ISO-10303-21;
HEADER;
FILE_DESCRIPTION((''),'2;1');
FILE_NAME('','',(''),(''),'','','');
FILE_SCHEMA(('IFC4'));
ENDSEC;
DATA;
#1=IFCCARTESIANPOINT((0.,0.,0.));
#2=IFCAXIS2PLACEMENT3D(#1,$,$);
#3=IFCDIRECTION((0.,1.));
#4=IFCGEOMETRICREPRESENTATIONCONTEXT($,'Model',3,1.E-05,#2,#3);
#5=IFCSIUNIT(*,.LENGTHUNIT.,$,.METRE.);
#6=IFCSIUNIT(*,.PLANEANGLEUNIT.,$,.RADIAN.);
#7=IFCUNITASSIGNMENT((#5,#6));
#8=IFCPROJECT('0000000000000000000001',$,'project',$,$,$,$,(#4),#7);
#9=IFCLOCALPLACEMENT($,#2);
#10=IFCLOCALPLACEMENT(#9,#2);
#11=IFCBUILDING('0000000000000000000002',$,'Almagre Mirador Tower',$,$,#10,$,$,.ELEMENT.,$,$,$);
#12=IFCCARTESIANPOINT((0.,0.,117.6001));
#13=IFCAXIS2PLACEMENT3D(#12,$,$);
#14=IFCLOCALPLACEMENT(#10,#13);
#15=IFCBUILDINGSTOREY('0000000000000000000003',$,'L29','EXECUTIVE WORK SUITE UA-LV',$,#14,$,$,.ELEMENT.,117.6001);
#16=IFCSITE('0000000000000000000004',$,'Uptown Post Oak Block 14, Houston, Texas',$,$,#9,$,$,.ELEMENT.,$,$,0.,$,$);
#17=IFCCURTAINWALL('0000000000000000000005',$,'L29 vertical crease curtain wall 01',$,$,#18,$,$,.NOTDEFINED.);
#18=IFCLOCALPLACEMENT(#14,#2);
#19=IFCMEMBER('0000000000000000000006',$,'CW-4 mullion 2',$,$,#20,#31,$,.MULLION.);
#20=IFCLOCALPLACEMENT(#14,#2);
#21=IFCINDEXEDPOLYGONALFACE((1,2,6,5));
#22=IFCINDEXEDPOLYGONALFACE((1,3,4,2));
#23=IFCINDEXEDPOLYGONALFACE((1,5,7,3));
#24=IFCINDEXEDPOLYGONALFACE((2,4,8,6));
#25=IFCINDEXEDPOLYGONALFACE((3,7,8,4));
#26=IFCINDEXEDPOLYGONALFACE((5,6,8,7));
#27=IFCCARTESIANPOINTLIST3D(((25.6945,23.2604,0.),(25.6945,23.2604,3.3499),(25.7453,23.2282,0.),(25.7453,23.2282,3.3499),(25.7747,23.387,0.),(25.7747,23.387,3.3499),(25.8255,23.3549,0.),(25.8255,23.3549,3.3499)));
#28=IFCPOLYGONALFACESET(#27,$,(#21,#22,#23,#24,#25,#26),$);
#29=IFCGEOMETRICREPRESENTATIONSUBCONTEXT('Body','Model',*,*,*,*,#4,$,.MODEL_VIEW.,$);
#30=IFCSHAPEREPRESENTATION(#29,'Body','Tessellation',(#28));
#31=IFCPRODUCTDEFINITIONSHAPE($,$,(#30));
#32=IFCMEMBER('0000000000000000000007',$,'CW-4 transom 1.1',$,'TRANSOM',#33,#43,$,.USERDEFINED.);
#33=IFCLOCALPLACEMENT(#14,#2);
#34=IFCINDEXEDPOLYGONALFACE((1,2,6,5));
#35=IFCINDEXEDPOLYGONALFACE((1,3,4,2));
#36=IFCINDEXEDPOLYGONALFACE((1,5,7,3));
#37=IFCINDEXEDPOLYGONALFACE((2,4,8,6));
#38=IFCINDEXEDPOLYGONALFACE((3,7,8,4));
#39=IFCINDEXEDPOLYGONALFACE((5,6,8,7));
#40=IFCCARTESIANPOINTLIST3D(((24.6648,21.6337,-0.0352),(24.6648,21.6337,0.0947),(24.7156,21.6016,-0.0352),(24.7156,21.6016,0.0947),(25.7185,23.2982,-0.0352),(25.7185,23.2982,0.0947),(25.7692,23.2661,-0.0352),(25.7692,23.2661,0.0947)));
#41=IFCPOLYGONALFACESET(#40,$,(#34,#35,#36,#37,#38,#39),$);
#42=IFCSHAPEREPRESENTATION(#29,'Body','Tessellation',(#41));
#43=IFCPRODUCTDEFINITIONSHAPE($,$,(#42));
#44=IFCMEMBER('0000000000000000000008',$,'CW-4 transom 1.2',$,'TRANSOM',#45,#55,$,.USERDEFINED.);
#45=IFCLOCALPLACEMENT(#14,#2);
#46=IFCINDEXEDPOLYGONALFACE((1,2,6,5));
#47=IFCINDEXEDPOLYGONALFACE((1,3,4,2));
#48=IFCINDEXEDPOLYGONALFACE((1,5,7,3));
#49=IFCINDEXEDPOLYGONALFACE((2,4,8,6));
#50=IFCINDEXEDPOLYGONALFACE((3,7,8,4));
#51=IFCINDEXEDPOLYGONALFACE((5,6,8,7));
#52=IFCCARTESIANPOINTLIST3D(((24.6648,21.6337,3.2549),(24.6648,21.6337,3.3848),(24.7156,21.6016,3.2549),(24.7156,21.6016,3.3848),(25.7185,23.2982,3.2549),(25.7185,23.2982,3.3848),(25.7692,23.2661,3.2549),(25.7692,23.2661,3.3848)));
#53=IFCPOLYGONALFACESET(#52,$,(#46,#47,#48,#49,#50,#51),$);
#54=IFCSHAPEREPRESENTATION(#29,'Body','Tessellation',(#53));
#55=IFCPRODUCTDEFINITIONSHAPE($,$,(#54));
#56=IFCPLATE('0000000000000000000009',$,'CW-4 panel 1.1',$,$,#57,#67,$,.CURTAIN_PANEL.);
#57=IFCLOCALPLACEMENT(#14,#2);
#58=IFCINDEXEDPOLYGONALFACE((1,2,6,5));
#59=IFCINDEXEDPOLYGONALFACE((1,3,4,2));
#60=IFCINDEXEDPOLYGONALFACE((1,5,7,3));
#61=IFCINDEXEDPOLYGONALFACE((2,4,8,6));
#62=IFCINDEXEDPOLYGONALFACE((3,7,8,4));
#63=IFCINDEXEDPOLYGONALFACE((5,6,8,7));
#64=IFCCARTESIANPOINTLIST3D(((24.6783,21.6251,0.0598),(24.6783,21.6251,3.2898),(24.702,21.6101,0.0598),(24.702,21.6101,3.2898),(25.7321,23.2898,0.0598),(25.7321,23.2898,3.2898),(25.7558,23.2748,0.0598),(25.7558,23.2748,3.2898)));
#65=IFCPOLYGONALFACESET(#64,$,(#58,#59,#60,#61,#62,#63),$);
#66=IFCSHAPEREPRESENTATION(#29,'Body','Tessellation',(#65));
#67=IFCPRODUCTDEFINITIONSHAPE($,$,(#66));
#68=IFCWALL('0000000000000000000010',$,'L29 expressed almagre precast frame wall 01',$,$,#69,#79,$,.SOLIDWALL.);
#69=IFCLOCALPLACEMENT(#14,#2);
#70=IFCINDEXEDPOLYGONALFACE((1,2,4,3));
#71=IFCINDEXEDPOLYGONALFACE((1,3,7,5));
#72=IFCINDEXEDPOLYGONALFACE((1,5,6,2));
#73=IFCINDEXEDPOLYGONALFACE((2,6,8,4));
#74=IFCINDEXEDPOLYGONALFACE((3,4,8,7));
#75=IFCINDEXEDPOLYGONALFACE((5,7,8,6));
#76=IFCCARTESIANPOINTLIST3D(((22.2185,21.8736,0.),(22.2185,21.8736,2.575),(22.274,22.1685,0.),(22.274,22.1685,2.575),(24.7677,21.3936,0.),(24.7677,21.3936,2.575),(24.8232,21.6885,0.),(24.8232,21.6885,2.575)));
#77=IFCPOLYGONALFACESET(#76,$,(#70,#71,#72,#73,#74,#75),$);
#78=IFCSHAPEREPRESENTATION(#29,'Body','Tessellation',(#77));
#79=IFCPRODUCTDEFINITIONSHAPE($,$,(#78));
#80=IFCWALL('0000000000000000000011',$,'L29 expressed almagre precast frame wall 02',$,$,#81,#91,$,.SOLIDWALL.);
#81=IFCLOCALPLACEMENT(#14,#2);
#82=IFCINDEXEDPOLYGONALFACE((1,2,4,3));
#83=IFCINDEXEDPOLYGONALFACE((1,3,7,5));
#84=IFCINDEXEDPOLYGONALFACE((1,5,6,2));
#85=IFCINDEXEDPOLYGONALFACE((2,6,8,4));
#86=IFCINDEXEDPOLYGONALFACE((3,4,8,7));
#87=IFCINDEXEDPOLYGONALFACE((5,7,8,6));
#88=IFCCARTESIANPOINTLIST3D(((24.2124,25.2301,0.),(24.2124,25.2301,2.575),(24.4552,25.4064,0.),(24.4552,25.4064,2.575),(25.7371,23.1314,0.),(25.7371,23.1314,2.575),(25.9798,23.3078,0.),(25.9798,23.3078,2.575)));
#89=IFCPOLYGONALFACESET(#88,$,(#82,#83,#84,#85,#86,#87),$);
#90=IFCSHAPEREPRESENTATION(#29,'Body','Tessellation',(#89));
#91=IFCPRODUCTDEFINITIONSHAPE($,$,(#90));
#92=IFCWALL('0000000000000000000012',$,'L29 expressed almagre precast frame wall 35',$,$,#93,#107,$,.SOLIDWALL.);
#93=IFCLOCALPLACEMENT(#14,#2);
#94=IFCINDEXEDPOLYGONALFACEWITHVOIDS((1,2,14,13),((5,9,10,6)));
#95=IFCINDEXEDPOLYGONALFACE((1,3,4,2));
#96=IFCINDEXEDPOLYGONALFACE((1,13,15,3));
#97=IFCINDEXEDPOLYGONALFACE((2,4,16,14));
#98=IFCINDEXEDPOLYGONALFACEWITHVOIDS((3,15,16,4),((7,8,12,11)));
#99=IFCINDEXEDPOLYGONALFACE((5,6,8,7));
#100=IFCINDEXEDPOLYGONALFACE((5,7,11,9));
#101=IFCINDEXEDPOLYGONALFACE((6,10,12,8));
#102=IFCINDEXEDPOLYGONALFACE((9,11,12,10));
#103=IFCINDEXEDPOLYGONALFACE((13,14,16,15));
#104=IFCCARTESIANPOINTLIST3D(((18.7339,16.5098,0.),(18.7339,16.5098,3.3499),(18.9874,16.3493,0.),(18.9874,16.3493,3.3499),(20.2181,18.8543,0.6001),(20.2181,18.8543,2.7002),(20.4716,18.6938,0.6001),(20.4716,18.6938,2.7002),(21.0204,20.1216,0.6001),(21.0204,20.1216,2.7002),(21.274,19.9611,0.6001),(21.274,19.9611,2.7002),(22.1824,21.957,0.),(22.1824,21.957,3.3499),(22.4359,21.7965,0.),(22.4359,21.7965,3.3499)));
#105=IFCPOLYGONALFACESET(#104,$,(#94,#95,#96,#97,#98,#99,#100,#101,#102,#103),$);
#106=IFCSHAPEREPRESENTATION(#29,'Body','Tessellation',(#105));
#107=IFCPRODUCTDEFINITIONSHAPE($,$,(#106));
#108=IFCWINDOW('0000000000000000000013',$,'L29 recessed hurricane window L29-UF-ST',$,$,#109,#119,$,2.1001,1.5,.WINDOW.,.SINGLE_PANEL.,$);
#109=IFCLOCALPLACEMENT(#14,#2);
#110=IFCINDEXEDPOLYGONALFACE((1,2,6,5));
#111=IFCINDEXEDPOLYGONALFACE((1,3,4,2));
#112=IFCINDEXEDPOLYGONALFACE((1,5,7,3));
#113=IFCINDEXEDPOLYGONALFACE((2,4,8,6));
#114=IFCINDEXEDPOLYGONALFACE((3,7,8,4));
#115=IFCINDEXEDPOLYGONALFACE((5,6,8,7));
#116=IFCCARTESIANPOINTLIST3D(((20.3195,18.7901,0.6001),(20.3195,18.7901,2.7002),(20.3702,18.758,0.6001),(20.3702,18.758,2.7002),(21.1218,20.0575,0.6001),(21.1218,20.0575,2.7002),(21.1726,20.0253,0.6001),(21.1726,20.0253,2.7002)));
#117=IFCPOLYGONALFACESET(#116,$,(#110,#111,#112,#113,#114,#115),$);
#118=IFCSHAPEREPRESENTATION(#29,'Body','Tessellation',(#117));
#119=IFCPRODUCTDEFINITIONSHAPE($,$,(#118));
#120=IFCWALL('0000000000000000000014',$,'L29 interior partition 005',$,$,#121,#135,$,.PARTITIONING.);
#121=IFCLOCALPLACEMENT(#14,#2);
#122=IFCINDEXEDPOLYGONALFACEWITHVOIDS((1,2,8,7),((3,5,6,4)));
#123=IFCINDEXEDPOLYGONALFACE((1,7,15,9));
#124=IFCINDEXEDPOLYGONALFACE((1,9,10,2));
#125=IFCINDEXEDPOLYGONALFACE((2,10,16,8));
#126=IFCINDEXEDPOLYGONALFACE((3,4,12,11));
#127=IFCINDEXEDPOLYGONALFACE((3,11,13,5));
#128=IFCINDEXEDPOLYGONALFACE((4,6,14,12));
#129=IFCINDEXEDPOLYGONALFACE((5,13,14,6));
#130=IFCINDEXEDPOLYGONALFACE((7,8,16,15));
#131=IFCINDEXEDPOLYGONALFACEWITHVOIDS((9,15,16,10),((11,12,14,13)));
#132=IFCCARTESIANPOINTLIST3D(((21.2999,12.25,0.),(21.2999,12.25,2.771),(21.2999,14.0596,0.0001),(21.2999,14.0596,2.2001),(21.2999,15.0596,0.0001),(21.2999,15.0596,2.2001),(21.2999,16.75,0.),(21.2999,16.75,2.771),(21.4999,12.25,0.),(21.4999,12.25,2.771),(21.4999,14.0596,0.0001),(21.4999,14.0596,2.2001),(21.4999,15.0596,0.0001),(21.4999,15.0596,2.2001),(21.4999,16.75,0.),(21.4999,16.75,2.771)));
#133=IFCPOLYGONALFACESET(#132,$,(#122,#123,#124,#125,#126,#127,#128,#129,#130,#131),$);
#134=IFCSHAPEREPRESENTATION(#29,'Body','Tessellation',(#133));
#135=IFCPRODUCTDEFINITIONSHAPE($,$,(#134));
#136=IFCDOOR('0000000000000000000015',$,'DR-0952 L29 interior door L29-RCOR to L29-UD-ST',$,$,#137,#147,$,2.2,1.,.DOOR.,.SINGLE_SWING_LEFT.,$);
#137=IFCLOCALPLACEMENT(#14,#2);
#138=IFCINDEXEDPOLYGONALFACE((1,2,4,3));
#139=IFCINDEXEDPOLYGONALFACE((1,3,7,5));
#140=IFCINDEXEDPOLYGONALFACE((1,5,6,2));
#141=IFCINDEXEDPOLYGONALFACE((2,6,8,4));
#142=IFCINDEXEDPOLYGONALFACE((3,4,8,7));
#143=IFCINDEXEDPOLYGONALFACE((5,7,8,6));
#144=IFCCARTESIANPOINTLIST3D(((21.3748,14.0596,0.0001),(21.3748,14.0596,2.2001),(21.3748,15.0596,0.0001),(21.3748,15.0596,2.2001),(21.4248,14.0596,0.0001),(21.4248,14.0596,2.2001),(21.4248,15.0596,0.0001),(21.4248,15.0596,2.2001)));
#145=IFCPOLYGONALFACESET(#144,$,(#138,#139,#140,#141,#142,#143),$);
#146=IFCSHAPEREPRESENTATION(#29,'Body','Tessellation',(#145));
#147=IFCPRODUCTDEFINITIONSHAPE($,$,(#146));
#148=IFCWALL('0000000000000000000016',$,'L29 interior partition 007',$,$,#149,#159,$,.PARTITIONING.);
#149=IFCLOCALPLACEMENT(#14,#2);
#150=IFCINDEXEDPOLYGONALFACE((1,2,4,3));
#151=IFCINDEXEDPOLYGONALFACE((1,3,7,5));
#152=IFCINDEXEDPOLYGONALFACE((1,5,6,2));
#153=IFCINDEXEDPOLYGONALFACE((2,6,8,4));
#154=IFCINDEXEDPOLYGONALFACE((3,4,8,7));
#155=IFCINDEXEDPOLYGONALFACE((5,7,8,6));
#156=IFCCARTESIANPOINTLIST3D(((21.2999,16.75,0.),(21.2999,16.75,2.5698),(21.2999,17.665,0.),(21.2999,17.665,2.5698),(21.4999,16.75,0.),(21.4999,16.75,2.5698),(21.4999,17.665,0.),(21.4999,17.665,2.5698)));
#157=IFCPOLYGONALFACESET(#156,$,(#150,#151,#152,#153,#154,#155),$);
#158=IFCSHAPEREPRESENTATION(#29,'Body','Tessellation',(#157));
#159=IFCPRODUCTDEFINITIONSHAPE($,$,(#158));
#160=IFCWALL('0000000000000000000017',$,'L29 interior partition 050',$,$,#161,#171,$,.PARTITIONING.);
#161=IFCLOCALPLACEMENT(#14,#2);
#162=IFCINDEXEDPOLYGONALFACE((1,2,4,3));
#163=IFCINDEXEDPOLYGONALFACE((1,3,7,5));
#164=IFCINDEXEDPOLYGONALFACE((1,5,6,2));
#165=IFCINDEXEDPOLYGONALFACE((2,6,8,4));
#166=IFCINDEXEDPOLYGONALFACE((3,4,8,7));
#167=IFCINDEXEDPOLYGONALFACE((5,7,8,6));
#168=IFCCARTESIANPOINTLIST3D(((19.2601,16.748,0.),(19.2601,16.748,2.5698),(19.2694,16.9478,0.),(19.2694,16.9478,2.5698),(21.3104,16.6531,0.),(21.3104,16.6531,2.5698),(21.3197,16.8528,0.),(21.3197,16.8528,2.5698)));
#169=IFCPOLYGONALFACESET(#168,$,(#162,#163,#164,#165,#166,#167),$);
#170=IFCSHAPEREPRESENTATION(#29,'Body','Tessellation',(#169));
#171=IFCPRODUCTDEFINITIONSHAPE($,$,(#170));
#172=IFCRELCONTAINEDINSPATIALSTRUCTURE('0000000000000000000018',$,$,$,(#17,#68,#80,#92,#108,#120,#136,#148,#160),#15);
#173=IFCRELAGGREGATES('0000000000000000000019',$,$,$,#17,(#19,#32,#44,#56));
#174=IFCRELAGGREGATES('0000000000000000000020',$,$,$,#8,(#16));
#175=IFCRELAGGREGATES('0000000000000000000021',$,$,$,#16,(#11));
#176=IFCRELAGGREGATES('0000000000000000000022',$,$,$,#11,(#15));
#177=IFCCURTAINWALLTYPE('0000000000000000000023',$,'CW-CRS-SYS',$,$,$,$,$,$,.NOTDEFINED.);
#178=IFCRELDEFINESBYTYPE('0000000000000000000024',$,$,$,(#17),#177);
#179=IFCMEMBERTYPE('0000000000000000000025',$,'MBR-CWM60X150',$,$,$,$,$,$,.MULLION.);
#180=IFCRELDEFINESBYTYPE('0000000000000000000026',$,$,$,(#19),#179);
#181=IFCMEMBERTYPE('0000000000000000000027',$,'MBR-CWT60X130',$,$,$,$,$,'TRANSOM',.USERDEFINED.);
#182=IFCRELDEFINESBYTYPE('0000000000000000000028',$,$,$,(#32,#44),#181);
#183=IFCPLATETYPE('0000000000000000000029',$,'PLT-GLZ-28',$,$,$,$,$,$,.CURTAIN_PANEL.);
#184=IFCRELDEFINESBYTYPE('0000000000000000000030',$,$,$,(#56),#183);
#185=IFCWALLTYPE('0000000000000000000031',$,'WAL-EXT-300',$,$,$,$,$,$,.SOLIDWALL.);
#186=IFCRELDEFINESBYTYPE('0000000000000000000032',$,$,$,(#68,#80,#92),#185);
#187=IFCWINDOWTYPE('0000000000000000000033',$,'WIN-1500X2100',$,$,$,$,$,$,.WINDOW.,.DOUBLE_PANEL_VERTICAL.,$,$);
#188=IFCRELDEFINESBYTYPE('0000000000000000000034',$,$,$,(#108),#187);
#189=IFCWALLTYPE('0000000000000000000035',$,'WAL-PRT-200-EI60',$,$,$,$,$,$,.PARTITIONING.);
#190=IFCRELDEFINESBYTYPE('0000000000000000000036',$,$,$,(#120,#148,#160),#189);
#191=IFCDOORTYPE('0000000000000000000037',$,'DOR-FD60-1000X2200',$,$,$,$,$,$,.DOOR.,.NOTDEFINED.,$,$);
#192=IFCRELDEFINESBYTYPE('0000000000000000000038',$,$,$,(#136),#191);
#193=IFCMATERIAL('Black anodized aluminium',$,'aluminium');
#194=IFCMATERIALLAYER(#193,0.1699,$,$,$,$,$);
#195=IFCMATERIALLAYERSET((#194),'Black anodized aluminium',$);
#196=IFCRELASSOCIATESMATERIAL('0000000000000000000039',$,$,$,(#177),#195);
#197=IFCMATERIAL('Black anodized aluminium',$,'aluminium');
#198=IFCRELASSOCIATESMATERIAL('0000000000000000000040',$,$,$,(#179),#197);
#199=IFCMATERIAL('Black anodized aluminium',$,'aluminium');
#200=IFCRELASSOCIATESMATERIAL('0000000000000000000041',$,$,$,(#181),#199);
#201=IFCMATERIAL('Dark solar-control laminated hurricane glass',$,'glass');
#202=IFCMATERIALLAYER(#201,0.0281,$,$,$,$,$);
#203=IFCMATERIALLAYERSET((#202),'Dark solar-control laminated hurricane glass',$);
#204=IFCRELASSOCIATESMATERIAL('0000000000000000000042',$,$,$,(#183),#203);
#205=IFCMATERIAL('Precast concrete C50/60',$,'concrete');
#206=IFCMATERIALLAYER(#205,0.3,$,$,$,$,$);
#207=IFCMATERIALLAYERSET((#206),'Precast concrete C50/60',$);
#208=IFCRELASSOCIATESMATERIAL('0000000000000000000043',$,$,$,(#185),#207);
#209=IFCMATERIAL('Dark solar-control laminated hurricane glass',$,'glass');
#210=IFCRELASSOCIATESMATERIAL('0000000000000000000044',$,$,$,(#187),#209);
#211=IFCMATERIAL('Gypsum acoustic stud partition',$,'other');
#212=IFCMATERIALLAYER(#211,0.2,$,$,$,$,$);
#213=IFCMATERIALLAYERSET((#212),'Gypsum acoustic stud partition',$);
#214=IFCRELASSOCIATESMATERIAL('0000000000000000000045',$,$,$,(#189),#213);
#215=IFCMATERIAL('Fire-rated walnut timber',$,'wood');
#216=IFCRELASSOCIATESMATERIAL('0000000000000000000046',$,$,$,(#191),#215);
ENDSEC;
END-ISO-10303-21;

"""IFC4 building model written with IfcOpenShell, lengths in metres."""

from ifc_helpers import new_model, si_unit, direction, frame, frame_2d, origin, origin_2d, place, context, subcontext, project, spatial, rectangle, extrude, material, layer, layer_set, material_profile, profile_set, type_object, element, fill, aggregate, save


model = new_model("IFC4")

# Units and contexts
model_context = context("Model", 3, precision=1e-05, world=origin(), true_north=direction((0.0, 1.0)))
body_context = subcontext(model_context, "Body", "Model", "MODEL_VIEW")
ifc_project = project(units=[si_unit("LENGTHUNIT", "METRE"), si_unit("PLANEANGLEUNIT", "RADIAN")], contexts=[model_context])

# Site, building, storey
site_placement = place(None, origin())
site = spatial("IfcSite", under=ifc_project, at=site_placement, Name="Uptown Post Oak Block 14, Houston, Texas", CompositionType="ELEMENT", RefElevation=0.0)
building_placement = place(site_placement, origin())
building = spatial("IfcBuilding", under=site, at=building_placement, Name="Almagre Mirador Tower", CompositionType="ELEMENT")
storey_placement = place(building_placement, frame((0.0, 0.0, 117.6001)))
storey = spatial("IfcBuildingStorey", under=building, at=storey_placement, Name="L29", Description="EXECUTIVE WORK SUITE UA-LV", CompositionType="ELEMENT", Elevation=117.6001)

# Curtain wall, members, plate
ifc_material_1 = material(Name="Black anodized aluminium", Category="aluminium")
ifc_layer_1 = layer(ifc_material_1, 0.1699)
ifc_layer_set_1 = layer_set([ifc_layer_1], Name="Black anodized aluminium")
curtain_wall_type = type_object("IfcCurtainWallType", Name="CW-CRS-SYS", PredefinedType="NOTDEFINED", material=ifc_layer_set_1)
curtain_wall_placement = place(storey_placement, origin())
curtain_wall = element("IfcCurtainWall", 1, at=curtain_wall_placement, inside=storey, type_object=curtain_wall_type, Name="L29 vertical crease curtain wall 01", PredefinedType="NOTDEFINED")
ifc_material_2 = material(Name="Black anodized aluminium", Category="aluminium")
ifc_material_profile_1 = material_profile(ifc_material_2, rectangle(XDim=0.0601, YDim=0.1499, at=origin_2d()), Name="CWM60X150")
ifc_profile_set_1 = profile_set([ifc_material_profile_1], Name="Black anodized aluminium")
member_type_1 = type_object("IfcMemberType", Name="MBR-CWM60X150", PredefinedType="MULLION", material=ifc_profile_set_1)
member_1_placement = place(storey_placement, frame((25.76, 23.3076, 0.0), z_axis=(0.0, 0.0, 1.0), x_axis=(-0.84492, 0.534893, 0.0)))
member_1 = element("IfcMember", 2, at=member_1_placement, type_object=member_type_1, Name="CW-4 mullion 2", PredefinedType="MULLION", context=body_context, shape_type="SweptSolid", body=[
    extrude(rectangle(XDim=0.0601, YDim=0.1499, at=origin_2d()), origin(), (0.0, 0.0, 1.0), 3.3499),
])
ifc_material_3 = material(Name="Black anodized aluminium", Category="aluminium")
ifc_material_profile_2 = material_profile(ifc_material_3, rectangle(XDim=0.0601, YDim=0.1299, at=origin_2d()), Name="CWT60X130")
ifc_profile_set_2 = profile_set([ifc_material_profile_2], Name="Black anodized aluminium")
member_type_2 = type_object("IfcMemberType", Name="MBR-CWT60X130", ElementType="TRANSOM", PredefinedType="USERDEFINED", material=ifc_profile_set_2)
member_2_placement = place(storey_placement, frame((24.6902, 21.6177, 0.0298), z_axis=(0.534869, 0.844935, 0.0), x_axis=(-0.844935, 0.534869, 0.0)))
member_2 = element("IfcMember", 3, at=member_2_placement, type_object=member_type_2, Name="CW-4 transom 1.1", ObjectType="TRANSOM", PredefinedType="USERDEFINED", context=body_context, shape_type="SweptSolid", body=[
    extrude(rectangle(XDim=0.0601, YDim=0.1299, at=origin_2d()), origin(), (0.0, 0.0, 1.0), 1.97),
])
member_3_placement = place(storey_placement, frame((24.6902, 21.6177, 3.3198), z_axis=(0.534869, 0.844935, 0.0), x_axis=(-0.844935, 0.534869, 0.0)))
member_3 = element("IfcMember", 4, at=member_3_placement, type_object=member_type_2, Name="CW-4 transom 1.2", ObjectType="TRANSOM", PredefinedType="USERDEFINED", context=body_context, shape_type="SweptSolid", body=[
    extrude(rectangle(XDim=0.0601, YDim=0.1299, at=origin_2d()), origin(), (0.0, 0.0, 1.0), 1.97),
])
ifc_material_4 = material(Name="Dark solar-control laminated hurricane glass", Category="glass")
ifc_layer_2 = layer(ifc_material_4, 0.0281)
ifc_layer_set_2 = layer_set([ifc_layer_2], Name="Dark solar-control laminated hurricane glass")
plate_type = type_object("IfcPlateType", Name="PLT-GLZ-28", PredefinedType="CURTAIN_PANEL", material=ifc_layer_set_2)
plate_placement = place(storey_placement, frame((25.217, 22.45, 0.0598), z_axis=(0.0, 0.0, 1.0), x_axis=(0.534893, 0.84492, 0.0)))
plate = element("IfcPlate", 5, at=plate_placement, type_object=plate_type, Name="CW-4 panel 1.1", PredefinedType="CURTAIN_PANEL", context=body_context, shape_type="SweptSolid", body=[
    extrude(rectangle(XDim=1.9702, YDim=0.0281, at=origin_2d()), origin(), (0.0, 0.0, 1.0), 3.23),
])
aggregate(curtain_wall, [member_1, member_2, member_3, plate])

# Walls
ifc_material_5 = material(Name="Precast concrete C50/60", Category="concrete")
ifc_layer_3 = layer(ifc_material_5, 0.3)
ifc_layer_set_3 = layer_set([ifc_layer_3], Name="Precast concrete C50/60")
wall_type_1 = type_object("IfcWallType", Name="WAL-EXT-300", PredefinedType="SOLIDWALL", material=ifc_layer_set_3)
for number, where, z_axis, x_axis, name in (
    (6, (22.2463, 22.021, 0.0), (0.0, 0.0, 1.0), (0.982733, -0.185027, 0.0), "L29 expressed almagre precast frame wall 01"),
    (7, (25.8584, 23.2197, 0.0), (0.0, 0.0, 1.0), (-0.587763, 0.809033, 0.0), "L29 expressed almagre precast frame wall 02"),
):
    element("IfcWall", number, at=place(storey_placement, frame(where, z_axis=z_axis, x_axis=x_axis)), inside=storey, type_object=wall_type_1, Name=name, PredefinedType="SOLIDWALL", context=body_context, shape_type="SweptSolid", body=[
        extrude(rectangle(XDim=2.594, YDim=0.3, at=frame_2d((1.2969, 0.0))), origin(), (0.0, 0.0, 1.0), 2.575),
    ])

# Wall, opening, window
wall_1_placement = place(storey_placement, frame((18.8606, 16.4294, 0.0), z_axis=(0.0, 0.0, 1.0), x_axis=(0.534892, 0.844921, 0.0)))
wall_1 = element("IfcWall", 8, at=wall_1_placement, inside=storey, type_object=wall_type_1, Name="L29 expressed almagre precast frame wall 35", PredefinedType="SOLIDWALL", context=body_context, shape_type="SweptSolid", body=[
    extrude(rectangle(XDim=6.447, YDim=0.3, at=frame_2d((3.2236, 0.0))), origin(), (0.0, 0.0, 1.0), 3.3499),
])
opening_1_placement = place(wall_1_placement, frame((2.7749, 0.0, 0.6001)))
opening_1 = element("IfcOpeningElement", 9, at=opening_1_placement, cuts=wall_1, PredefinedType="OPENING", context=body_context, shape_type="SweptSolid", body=[
    extrude(rectangle(XDim=1.5, YDim=2.1001, at=frame_2d((0.75, 1.05))), frame((0.0, 0.1599, 0.0), z_axis=(0.0, -1.0, 0.0), x_axis=(1.0, 0.0, 0.0)), (0.0, 0.0, 1.0), 0.32),
])
ifc_material_6 = material(Name="Dark solar-control laminated hurricane glass", Category="glass")
window_type = type_object("IfcWindowType", Name="WIN-1500X2100", PartitioningType="DOUBLE_PANEL_VERTICAL", PredefinedType="WINDOW", material=ifc_material_6)
window_placement = place(opening_1_placement, origin())
window = element("IfcWindow", 10, at=window_placement, inside=storey, type_object=window_type, Name="L29 recessed hurricane window L29-UF-ST", OverallHeight=2.1001, OverallWidth=1.5, PartitioningType="SINGLE_PANEL", PredefinedType="WINDOW", context=body_context, shape_type="SweptSolid", body=[
    extrude(rectangle(XDim=1.5, YDim=2.1001, at=frame_2d((0.75, 1.05))), frame((0.0, 0.03, 0.0), z_axis=(0.0, -1.0, 0.0), x_axis=(1.0, 0.0, 0.0)), (0.0, 0.0, 1.0), 0.0601),
])
fill(opening_1, window)

# Wall, opening, door
ifc_material_7 = material(Name="Gypsum acoustic stud partition", Category="other")
ifc_layer_4 = layer(ifc_material_7, 0.2)
ifc_layer_set_4 = layer_set([ifc_layer_4], Name="Gypsum acoustic stud partition")
wall_type_2 = type_object("IfcWallType", Name="WAL-PRT-200-EI60", PredefinedType="PARTITIONING", material=ifc_layer_set_4)
wall_2_placement = place(storey_placement, frame((21.3999, 16.75, 0.0), z_axis=(0.0, 0.0, 1.0), x_axis=(0.0, -1.0, 0.0)))
wall_2 = element("IfcWall", 11, at=wall_2_placement, inside=storey, type_object=wall_type_2, Name="L29 interior partition 005", PredefinedType="PARTITIONING", context=body_context, shape_type="SweptSolid", body=[
    extrude(rectangle(XDim=4.5, YDim=0.2, at=frame_2d((2.25, 0.0))), origin(), (0.0, 0.0, 1.0), 2.771),
])
opening_2_placement = place(wall_2_placement, frame((1.6904, 0.0, 0.0)))
opening_2 = element("IfcOpeningElement", 12, at=opening_2_placement, cuts=wall_2, PredefinedType="OPENING", context=body_context, shape_type="SweptSolid", body=[
    extrude(rectangle(XDim=1.0, YDim=2.2, at=frame_2d((0.5, 1.1001))), frame((0.0, 0.1101, 0.0), z_axis=(0.0, -1.0, 0.0), x_axis=(1.0, 0.0, 0.0)), (0.0, 0.0, 1.0), 0.22),
])
ifc_material_8 = material(Name="Fire-rated walnut timber", Category="wood")
door_type = type_object("IfcDoorType", Name="DOR-FD60-1000X2200", OperationType="NOTDEFINED", PredefinedType="DOOR", material=ifc_material_8)
door_placement = place(opening_2_placement, origin())
door = element("IfcDoor", 13, at=door_placement, inside=storey, type_object=door_type, Name="DR-0952 L29 interior door L29-RCOR to L29-UD-ST", OperationType="SINGLE_SWING_LEFT", OverallHeight=2.2, OverallWidth=1.0, PredefinedType="DOOR", context=body_context, shape_type="SweptSolid", body=[
    extrude(rectangle(XDim=1.0, YDim=2.2, at=frame_2d((0.5, 1.1001))), frame((0.0, 0.0249, 0.0), z_axis=(0.0, -1.0, 0.0), x_axis=(1.0, 0.0, 0.0)), (0.0, 0.0, 1.0), 0.05),
])
fill(opening_2, door)

# Walls
wall_3_placement = place(storey_placement, frame((21.3999, 17.665, 0.0), z_axis=(0.0, 0.0, 1.0), x_axis=(0.0, -1.0, 0.0)))
element("IfcWall", 14, at=wall_3_placement, inside=storey, type_object=wall_type_2, Name="L29 interior partition 007", PredefinedType="PARTITIONING", context=body_context, shape_type="SweptSolid", body=[
    extrude(rectangle(XDim=0.915, YDim=0.2, at=frame_2d((0.4575, 0.0))), origin(), (0.0, 0.0, 1.0), 2.5698),
])
wall_4_placement = place(storey_placement, frame((21.3152, 16.7529, 0.0), z_axis=(0.0, 0.0, 1.0), x_axis=(-0.998929, 0.046271, 0.0)))
element("IfcWall", 15, at=wall_4_placement, inside=storey, type_object=wall_type_2, Name="L29 interior partition 050", PredefinedType="PARTITIONING", context=body_context, shape_type="SweptSolid", body=[
    extrude(rectangle(XDim=2.0525, YDim=0.2, at=frame_2d((1.0264, 0.0))), origin(), (0.0, 0.0, 1.0), 2.5698),
])

save(model, "model.ifc")
